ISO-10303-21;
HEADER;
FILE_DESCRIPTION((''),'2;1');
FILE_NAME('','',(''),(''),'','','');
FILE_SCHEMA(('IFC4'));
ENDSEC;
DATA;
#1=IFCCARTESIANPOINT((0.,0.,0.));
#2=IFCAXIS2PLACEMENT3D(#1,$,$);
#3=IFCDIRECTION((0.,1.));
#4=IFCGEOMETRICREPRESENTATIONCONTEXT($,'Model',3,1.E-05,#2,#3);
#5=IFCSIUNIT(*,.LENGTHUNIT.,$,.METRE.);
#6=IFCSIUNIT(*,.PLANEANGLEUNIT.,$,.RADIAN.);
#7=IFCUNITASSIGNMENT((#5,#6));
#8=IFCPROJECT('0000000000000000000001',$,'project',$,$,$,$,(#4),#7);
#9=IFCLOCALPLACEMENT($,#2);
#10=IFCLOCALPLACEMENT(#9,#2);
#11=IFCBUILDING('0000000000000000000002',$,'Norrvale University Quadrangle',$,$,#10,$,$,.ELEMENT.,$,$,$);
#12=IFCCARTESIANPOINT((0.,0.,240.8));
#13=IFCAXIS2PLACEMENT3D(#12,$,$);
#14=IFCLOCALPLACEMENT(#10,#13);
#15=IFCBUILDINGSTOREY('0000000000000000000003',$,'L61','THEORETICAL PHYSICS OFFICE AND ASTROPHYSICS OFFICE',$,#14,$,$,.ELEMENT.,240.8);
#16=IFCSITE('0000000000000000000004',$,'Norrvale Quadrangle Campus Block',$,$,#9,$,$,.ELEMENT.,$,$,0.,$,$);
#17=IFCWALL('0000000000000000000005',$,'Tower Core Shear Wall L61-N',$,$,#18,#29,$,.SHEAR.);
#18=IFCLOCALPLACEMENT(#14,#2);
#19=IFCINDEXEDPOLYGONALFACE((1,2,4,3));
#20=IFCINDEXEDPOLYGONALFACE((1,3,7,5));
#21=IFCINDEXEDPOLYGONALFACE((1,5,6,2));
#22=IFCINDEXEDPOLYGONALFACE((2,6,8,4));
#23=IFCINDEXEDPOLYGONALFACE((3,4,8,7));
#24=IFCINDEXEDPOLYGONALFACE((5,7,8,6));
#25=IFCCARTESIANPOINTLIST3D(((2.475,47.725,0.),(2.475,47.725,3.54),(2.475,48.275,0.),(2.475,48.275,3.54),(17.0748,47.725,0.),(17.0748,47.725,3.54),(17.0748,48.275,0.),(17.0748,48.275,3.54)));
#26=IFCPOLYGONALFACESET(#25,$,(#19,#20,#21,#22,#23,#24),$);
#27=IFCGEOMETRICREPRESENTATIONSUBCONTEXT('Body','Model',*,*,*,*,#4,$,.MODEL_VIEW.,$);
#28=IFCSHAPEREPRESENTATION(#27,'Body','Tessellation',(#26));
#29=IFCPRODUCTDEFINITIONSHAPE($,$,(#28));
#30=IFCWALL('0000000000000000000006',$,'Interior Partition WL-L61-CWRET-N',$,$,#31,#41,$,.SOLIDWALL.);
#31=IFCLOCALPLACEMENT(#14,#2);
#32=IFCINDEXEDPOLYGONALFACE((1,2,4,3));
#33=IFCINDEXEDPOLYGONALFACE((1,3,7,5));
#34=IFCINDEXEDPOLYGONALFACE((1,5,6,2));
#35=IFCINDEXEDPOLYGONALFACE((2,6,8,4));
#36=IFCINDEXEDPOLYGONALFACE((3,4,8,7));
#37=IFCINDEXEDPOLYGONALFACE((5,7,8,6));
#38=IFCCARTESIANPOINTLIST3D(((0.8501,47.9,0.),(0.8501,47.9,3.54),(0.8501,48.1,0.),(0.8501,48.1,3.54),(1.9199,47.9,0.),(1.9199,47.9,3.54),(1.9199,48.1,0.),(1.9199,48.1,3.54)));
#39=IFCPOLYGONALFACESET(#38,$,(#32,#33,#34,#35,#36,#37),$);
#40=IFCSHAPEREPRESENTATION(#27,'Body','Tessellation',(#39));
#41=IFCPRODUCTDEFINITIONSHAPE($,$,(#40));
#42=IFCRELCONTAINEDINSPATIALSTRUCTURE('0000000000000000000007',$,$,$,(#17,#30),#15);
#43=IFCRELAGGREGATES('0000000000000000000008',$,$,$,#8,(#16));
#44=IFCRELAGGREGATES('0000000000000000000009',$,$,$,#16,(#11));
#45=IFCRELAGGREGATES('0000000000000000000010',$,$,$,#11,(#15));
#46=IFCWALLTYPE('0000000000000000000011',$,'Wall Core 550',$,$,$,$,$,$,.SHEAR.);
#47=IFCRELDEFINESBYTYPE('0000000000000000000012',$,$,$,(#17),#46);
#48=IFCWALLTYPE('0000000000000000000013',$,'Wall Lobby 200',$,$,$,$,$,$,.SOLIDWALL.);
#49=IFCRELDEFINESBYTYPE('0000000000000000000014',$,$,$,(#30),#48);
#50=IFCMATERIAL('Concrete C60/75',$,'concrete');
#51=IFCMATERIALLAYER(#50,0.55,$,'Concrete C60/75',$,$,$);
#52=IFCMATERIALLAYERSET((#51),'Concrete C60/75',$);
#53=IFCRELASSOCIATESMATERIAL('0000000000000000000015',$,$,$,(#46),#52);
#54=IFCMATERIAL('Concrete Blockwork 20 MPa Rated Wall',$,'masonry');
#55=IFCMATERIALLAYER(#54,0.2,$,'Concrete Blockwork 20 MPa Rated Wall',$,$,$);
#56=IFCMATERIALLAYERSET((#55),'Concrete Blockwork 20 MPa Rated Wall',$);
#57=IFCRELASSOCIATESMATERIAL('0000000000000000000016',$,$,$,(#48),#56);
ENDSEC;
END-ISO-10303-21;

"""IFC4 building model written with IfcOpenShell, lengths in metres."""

from ifc_helpers import new_model, si_unit, direction, frame, frame_2d, origin, place, context, subcontext, project, spatial, rectangle, extrude, material, layer, layer_set, type_object, element, save


model = new_model("IFC4")

# Units and contexts
model_context = context("Model", 3, precision=1e-05, world=origin(), true_north=direction((0.0, 1.0)))
body_context = subcontext(model_context, "Body", "Model", "MODEL_VIEW")
ifc_project = project(units=[si_unit("LENGTHUNIT", "METRE"), si_unit("PLANEANGLEUNIT", "RADIAN")], contexts=[model_context])

# Site, building, storey
site_placement = place(None, origin())
site = spatial("IfcSite", under=ifc_project, at=site_placement, Name="Norrvale Quadrangle Campus Block", CompositionType="ELEMENT", RefElevation=0.0)
building_placement = place(site_placement, origin())
building = spatial("IfcBuilding", under=site, at=building_placement, Name="Norrvale University Quadrangle", CompositionType="ELEMENT")
storey_placement = place(building_placement, frame((0.0, 0.0, 240.8)))
storey = spatial("IfcBuildingStorey", under=building, at=storey_placement, Name="L61", Description="THEORETICAL PHYSICS OFFICE AND ASTROPHYSICS OFFICE", CompositionType="ELEMENT", Elevation=240.8)

# Shared definitions
ifc_material_1 = material(Name="Concrete C60/75", Category="concrete")

# Walls
ifc_layer_1 = layer(ifc_material_1, 0.55, Name="Concrete C60/75")
ifc_layer_set_1 = layer_set([ifc_layer_1], Name="Concrete C60/75")
wall_type_1 = type_object("IfcWallType", Name="Wall Core 550", PredefinedType="SHEAR", material=ifc_layer_set_1)
wall_1_placement = place(storey_placement, frame((2.4751, 48.0, 0.0), z_axis=(0.0, 0.0, 1.0), x_axis=(1.0, 0.0, 0.0)))
element("IfcWall", 1, at=wall_1_placement, inside=storey, type_object=wall_type_1, Name="Tower Core Shear Wall L61-N", PredefinedType="SHEAR", context=body_context, shape_type="SweptSolid", body=[
    extrude(rectangle(XDim=14.5999, YDim=0.55, at=frame_2d((7.2998, 0.0))), origin(), (0.0, 0.0, 1.0), 3.54),
])
ifc_material_2 = material(Name="Concrete Blockwork 20 MPa Rated Wall", Category="masonry")
ifc_layer_2 = layer(ifc_material_2, 0.2, Name="Concrete Blockwork 20 MPa Rated Wall")
ifc_layer_set_2 = layer_set([ifc_layer_2], Name="Concrete Blockwork 20 MPa Rated Wall")
wall_type_2 = type_object("IfcWallType", Name="Wall Lobby 200", PredefinedType="SOLIDWALL", material=ifc_layer_set_2)
wall_2_placement = place(storey_placement, frame((0.8501, 48.0, 0.0), z_axis=(0.0, 0.0, 1.0), x_axis=(1.0, 0.0, 0.0)))
element("IfcWall", 2, at=wall_2_placement, inside=storey, type_object=wall_type_2, Name="Interior Partition WL-L61-CWRET-N", PredefinedType="SOLIDWALL", context=body_context, shape_type="SweptSolid", body=[
    extrude(rectangle(XDim=1.0698, YDim=0.2, at=frame_2d((0.5349, 0.0))), origin(), (0.0, 0.0, 1.0), 3.54),
])

save(model, "model.ifc")
